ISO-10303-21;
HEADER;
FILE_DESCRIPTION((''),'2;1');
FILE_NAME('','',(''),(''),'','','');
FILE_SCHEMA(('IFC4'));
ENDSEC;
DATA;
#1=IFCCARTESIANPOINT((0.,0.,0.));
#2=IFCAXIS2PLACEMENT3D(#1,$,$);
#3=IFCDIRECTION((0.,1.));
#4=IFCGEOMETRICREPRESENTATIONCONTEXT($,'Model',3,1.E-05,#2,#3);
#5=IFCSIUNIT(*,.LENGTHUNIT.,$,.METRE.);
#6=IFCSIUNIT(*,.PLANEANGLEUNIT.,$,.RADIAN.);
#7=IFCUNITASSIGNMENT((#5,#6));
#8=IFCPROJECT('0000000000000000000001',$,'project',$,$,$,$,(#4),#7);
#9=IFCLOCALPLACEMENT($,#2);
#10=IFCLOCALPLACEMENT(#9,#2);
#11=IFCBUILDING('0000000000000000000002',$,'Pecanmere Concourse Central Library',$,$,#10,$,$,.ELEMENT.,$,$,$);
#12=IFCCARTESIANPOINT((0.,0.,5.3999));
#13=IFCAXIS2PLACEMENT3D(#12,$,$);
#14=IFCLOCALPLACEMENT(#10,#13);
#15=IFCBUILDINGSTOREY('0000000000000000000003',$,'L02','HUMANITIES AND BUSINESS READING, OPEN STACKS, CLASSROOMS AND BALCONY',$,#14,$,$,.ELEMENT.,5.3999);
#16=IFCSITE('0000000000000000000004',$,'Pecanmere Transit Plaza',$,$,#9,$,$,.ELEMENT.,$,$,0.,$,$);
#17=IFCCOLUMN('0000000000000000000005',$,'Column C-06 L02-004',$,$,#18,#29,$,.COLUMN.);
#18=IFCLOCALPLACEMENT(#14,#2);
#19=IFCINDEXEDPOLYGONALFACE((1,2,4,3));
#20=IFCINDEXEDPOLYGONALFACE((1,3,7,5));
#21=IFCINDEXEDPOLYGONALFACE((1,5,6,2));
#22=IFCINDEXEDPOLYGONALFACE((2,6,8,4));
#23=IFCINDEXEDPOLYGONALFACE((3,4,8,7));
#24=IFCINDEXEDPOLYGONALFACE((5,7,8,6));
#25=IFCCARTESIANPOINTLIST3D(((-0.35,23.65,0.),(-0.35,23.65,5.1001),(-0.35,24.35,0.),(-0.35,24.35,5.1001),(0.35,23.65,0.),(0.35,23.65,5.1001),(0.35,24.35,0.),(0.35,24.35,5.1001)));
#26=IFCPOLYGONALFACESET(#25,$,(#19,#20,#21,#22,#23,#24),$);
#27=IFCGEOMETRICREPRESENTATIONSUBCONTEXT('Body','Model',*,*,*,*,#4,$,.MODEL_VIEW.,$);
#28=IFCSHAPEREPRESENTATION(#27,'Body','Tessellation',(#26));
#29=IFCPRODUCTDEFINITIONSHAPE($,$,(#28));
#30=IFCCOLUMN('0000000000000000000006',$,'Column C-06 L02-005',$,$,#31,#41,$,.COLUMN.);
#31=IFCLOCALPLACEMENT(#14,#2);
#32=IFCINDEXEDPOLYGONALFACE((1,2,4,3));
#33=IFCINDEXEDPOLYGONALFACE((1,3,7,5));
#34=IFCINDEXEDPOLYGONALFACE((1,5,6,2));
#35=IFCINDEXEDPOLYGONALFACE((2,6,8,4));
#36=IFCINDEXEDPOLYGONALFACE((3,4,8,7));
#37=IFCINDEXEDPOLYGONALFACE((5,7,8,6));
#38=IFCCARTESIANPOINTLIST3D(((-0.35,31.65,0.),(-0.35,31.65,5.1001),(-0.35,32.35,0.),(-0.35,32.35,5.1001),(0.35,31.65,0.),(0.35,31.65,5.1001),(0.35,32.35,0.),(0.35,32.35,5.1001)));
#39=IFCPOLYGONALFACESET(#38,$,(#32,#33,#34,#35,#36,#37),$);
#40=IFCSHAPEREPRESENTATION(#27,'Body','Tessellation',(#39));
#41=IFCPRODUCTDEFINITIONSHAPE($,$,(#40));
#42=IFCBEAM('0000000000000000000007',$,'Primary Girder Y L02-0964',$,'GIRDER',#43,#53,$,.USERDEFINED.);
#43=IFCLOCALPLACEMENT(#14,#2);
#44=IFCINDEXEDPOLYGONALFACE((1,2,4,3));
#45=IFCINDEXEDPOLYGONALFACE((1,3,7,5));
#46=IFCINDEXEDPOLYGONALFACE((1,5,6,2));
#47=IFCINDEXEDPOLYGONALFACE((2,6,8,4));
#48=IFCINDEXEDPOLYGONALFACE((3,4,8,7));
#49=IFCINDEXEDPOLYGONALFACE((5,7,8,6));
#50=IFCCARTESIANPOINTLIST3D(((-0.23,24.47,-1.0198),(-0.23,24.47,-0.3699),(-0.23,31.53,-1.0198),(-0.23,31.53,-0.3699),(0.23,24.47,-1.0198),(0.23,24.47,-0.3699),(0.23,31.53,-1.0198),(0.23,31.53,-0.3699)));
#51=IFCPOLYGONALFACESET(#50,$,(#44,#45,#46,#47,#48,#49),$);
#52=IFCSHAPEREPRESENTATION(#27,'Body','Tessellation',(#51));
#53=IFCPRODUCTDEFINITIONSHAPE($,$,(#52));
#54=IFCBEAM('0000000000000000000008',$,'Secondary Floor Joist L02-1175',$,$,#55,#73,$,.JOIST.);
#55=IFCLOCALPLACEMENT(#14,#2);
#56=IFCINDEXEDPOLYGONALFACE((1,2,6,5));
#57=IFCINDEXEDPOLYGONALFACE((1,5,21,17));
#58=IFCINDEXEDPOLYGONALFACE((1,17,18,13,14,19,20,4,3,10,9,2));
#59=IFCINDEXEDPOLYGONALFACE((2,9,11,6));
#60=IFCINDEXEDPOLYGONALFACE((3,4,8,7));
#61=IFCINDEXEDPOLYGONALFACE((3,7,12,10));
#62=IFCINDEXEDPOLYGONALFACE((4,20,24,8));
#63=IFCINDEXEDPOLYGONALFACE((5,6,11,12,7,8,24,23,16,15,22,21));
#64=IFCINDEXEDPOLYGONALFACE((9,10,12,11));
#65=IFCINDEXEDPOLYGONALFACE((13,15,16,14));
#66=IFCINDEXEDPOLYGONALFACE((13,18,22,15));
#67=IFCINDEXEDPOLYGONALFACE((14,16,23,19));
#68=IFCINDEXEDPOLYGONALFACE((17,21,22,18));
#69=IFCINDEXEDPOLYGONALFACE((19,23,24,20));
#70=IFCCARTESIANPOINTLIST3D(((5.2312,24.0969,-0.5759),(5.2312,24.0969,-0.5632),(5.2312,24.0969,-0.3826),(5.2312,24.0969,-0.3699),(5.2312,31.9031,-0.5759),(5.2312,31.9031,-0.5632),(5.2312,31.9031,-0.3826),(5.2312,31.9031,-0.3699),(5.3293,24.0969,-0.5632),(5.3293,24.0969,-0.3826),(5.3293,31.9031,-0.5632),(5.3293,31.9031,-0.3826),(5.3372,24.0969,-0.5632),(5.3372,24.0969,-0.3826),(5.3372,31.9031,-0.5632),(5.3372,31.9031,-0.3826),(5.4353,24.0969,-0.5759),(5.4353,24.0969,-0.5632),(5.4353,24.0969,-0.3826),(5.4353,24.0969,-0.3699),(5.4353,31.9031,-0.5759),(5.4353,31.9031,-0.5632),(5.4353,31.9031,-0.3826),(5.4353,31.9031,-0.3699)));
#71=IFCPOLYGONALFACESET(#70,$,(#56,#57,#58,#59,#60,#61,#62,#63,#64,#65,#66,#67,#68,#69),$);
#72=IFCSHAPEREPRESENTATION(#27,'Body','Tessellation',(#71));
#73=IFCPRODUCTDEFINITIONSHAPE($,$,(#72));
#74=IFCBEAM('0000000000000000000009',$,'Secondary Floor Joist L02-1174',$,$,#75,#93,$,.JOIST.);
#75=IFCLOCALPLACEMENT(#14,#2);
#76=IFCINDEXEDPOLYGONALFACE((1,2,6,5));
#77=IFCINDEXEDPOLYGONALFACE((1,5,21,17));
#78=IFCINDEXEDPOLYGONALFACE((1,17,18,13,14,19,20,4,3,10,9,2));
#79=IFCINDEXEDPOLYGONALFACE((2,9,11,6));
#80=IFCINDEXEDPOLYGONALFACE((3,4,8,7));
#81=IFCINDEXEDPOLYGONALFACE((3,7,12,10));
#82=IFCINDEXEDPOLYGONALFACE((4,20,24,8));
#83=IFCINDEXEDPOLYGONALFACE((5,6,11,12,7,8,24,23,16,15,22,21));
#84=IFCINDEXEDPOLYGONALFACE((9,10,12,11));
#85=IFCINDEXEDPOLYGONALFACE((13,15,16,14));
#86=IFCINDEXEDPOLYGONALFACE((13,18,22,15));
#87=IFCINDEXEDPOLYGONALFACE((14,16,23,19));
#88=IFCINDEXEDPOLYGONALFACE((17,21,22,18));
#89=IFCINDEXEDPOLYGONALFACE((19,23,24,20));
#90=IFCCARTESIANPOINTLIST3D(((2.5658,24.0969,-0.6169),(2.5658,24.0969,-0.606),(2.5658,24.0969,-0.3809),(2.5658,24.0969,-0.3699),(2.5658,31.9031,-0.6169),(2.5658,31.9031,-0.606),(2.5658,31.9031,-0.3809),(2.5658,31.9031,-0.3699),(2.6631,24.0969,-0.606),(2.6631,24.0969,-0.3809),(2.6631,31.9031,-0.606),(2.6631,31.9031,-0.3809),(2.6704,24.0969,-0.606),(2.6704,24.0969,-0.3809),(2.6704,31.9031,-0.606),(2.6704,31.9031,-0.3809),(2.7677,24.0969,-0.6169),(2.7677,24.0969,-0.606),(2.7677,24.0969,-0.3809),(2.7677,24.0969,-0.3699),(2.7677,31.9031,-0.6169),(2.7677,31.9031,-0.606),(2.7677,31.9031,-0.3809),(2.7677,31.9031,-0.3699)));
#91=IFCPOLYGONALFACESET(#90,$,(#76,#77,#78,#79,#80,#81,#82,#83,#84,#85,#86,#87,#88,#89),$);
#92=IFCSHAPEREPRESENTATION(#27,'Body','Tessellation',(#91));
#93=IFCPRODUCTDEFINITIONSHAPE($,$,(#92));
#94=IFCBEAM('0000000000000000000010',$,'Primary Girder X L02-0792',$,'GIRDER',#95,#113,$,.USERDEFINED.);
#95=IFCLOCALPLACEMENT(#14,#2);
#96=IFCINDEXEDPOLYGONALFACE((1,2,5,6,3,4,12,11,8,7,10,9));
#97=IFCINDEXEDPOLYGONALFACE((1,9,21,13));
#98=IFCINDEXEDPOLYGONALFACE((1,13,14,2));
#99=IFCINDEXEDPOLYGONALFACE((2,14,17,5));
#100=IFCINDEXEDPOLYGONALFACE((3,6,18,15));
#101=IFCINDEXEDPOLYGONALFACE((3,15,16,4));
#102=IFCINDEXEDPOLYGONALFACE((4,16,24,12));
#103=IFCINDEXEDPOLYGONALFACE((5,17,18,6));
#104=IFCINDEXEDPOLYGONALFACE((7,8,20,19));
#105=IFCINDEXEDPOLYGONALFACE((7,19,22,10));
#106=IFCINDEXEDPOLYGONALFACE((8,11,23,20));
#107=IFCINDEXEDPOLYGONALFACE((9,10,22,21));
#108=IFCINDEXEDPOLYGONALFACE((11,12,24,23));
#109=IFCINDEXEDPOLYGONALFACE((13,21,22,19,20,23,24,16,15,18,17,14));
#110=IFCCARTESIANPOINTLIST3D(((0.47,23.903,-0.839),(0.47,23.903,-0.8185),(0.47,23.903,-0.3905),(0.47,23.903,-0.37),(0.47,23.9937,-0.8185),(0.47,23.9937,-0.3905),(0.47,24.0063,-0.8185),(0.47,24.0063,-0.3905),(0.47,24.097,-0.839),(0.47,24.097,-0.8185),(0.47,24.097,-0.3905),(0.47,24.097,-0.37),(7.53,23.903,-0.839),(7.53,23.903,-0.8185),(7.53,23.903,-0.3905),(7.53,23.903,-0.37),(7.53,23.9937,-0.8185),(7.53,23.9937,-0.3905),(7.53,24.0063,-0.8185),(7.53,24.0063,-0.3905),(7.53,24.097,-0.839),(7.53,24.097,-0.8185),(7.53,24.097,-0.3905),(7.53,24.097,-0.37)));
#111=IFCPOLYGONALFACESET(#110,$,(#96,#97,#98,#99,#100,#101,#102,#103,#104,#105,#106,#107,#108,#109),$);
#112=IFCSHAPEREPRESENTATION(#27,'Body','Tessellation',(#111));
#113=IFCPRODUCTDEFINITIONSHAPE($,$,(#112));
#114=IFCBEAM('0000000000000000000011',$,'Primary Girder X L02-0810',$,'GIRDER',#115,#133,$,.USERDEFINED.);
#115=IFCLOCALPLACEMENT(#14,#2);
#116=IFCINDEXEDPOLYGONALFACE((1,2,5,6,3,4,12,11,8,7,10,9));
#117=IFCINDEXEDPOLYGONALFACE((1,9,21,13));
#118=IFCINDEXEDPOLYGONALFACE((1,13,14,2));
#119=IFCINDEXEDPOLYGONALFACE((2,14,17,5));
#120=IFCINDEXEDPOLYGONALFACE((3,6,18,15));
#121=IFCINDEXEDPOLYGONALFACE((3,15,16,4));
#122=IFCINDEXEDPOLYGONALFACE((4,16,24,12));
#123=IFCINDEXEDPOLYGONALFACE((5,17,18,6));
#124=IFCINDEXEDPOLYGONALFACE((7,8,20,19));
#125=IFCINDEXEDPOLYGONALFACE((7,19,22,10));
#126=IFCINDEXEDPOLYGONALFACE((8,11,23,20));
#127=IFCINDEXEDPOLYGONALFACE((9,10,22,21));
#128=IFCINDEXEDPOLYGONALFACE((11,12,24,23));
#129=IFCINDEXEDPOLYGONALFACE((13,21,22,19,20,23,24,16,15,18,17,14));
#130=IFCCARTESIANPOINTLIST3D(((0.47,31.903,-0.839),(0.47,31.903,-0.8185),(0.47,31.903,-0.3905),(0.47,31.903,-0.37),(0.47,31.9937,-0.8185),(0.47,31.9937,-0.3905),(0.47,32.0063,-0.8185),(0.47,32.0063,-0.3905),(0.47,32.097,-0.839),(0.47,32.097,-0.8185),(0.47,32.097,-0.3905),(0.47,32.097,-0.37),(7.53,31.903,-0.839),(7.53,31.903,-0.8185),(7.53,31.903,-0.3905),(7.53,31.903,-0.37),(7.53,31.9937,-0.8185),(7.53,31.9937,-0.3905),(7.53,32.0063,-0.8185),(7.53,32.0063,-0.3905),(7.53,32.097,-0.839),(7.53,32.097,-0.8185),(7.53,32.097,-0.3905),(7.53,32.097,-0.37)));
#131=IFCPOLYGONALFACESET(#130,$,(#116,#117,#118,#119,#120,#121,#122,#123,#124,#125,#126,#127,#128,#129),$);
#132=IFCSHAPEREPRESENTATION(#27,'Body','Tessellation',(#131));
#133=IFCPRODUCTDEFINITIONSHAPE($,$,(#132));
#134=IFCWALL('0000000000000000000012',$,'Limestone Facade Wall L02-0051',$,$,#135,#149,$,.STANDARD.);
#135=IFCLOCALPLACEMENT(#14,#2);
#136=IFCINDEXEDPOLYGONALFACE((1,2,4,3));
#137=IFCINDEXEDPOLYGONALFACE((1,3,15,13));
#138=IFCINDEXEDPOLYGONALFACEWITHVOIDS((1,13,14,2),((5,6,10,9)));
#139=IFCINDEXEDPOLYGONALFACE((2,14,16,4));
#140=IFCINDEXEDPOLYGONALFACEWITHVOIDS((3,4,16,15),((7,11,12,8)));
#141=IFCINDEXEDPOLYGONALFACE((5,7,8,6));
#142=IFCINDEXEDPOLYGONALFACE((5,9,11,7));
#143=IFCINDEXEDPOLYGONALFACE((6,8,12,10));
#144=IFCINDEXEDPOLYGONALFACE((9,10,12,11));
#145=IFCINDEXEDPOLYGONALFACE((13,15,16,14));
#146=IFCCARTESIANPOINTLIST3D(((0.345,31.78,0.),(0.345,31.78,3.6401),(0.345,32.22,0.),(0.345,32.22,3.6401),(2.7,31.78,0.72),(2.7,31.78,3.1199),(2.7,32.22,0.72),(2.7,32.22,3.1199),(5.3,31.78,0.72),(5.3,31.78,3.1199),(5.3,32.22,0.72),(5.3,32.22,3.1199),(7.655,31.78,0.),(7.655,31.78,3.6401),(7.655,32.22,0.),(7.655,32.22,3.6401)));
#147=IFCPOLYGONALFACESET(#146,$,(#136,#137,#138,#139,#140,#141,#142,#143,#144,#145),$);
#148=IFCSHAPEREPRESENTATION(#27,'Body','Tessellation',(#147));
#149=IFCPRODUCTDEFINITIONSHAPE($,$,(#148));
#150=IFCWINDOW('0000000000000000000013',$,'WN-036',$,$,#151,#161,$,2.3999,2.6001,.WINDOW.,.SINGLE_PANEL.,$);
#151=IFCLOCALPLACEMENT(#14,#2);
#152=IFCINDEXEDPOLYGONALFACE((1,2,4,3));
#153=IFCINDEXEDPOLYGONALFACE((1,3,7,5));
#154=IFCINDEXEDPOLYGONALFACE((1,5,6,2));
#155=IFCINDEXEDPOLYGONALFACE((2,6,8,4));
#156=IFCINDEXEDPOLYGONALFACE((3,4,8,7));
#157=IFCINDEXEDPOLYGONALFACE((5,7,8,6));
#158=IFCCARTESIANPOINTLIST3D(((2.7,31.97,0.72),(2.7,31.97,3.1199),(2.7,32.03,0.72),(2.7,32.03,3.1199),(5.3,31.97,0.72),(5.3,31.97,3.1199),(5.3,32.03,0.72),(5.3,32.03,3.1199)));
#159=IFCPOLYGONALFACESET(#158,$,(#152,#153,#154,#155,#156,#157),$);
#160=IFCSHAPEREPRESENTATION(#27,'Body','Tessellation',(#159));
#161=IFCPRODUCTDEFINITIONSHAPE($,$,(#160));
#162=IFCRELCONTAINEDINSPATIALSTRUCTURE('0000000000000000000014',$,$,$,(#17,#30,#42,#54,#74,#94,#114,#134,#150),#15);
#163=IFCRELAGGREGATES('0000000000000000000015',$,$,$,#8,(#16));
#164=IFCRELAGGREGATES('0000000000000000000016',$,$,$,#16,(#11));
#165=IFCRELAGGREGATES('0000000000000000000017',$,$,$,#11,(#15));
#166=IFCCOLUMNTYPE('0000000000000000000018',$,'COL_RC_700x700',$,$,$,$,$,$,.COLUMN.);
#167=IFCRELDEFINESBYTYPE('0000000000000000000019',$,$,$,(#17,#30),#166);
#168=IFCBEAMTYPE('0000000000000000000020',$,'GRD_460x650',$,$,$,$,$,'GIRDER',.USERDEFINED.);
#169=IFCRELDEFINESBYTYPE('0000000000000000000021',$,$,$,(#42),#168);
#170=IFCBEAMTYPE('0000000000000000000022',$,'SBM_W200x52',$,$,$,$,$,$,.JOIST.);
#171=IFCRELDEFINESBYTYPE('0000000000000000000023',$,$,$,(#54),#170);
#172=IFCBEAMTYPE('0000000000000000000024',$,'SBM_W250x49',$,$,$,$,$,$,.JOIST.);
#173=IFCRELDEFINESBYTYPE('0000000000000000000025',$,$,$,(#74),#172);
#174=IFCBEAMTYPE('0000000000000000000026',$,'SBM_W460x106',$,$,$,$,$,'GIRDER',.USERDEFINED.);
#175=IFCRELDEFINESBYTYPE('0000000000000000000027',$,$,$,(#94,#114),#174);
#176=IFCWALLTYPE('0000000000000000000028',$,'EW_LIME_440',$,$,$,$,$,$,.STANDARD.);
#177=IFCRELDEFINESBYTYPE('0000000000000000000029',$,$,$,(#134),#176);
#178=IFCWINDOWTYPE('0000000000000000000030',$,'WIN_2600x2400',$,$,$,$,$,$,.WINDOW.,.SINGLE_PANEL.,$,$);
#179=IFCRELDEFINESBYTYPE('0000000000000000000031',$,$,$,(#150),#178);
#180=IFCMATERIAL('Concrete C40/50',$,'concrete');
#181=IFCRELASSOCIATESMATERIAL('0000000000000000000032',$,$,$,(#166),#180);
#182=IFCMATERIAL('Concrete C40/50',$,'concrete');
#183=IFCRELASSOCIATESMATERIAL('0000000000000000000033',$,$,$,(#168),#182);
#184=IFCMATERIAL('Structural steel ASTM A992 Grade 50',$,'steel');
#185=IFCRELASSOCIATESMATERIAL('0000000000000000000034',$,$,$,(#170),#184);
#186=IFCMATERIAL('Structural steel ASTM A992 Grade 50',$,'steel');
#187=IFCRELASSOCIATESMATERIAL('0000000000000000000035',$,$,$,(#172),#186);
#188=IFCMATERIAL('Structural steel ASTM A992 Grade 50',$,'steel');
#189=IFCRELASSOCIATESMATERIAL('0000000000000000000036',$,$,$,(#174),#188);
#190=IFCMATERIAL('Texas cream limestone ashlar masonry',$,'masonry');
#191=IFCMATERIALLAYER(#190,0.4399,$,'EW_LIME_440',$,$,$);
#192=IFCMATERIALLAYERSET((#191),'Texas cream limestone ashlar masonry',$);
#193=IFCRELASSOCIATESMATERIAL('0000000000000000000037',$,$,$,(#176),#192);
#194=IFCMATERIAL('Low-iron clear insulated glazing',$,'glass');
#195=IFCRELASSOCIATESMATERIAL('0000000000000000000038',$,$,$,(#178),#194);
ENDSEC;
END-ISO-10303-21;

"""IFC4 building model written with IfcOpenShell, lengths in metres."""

from ifc_helpers import new_model, si_unit, direction, frame, frame_2d, origin, origin_2d, place, context, subcontext, project, spatial, rectangle, i_section, extrude, material, layer, layer_set, material_profile, profile_set, type_object, element, fill, save


model = new_model("IFC4")

# Units and contexts
model_context = context("Model", 3, precision=1e-05, world=origin(), true_north=direction((0.0, 1.0)))
body_context = subcontext(model_context, "Body", "Model", "MODEL_VIEW")
ifc_project = project(units=[si_unit("LENGTHUNIT", "METRE"), si_unit("PLANEANGLEUNIT", "RADIAN")], contexts=[model_context])

# Site, building, storey
site_placement = place(None, origin())
site = spatial("IfcSite", under=ifc_project, at=site_placement, Name="Pecanmere Transit Plaza", CompositionType="ELEMENT", RefElevation=0.0)
building_placement = place(site_placement, origin())
building = spatial("IfcBuilding", under=site, at=building_placement, Name="Pecanmere Concourse Central Library", CompositionType="ELEMENT")
storey_placement = place(building_placement, frame((0.0, 0.0, 5.3999)))
storey = spatial("IfcBuildingStorey", under=building, at=storey_placement, Name="L02", Description="HUMANITIES AND BUSINESS READING, OPEN STACKS, CLASSROOMS AND BALCONY", CompositionType="ELEMENT", Elevation=5.3999)

# Columns
ifc_material_1 = material(Name="Concrete C40/50", Category="concrete")
ifc_material_profile_1 = material_profile(ifc_material_1, rectangle(XDim=0.7, YDim=0.7, at=origin_2d()), Name="RC 700x700")
ifc_profile_set_1 = profile_set([ifc_material_profile_1], Name="Concrete C40/50")
column_type = type_object("IfcColumnType", Name="COL_RC_700x700", PredefinedType="COLUMN", material=ifc_profile_set_1)
for number, where, z_axis, x_axis, name in (
    (1, (0.0, 24.0, 0.0), (0.0, 0.0, 1.0), (1.0, 0.0, 0.0), "Column C-06 L02-004"),
    (2, (0.0, 32.0, 0.0), (0.0, 0.0, 1.0), (1.0, 0.0, 0.0), "Column C-06 L02-005"),
):
    element("IfcColumn", number, at=place(storey_placement, frame(where, z_axis=z_axis, x_axis=x_axis)), inside=storey, type_object=column_type, Name=name, PredefinedType="COLUMN", context=body_context, shape_type="SweptSolid", body=[
        extrude(rectangle(XDim=0.7, YDim=0.7, at=origin_2d()), origin(), (0.0, 0.0, 1.0), 5.1001),
    ])

# Beams
ifc_material_2 = material(Name="Concrete C40/50", Category="concrete")
ifc_material_profile_2 = material_profile(ifc_material_2, rectangle(XDim=0.46, YDim=0.6499, at=origin_2d()), Name="RC 460x650")
ifc_profile_set_2 = profile_set([ifc_material_profile_2], Name="Concrete C40/50")
beam_type_1 = type_object("IfcBeamType", Name="GRD_460x650", ElementType="GIRDER", PredefinedType="USERDEFINED", material=ifc_profile_set_2)
beam_1_placement = place(storey_placement, frame((0.0, 24.47, -0.6948), z_axis=(0.0, 1.0, 0.0), x_axis=(-1.0, 0.0, 0.0)))
element("IfcBeam", 3, at=beam_1_placement, inside=storey, type_object=beam_type_1, Name="Primary Girder Y L02-0964", ObjectType="GIRDER", PredefinedType="USERDEFINED", context=body_context, shape_type="SweptSolid", body=[
    extrude(rectangle(XDim=0.46, YDim=0.6499, at=origin_2d()), origin(), (0.0, 0.0, 1.0), 7.0601),
])
ifc_material_3 = material(Name="Structural steel ASTM A992 Grade 50", Category="steel")
ifc_material_profile_3 = material_profile(ifc_material_3, i_section(OverallWidth=0.2041, OverallDepth=0.2061, WebThickness=0.0078, FlangeThickness=0.0127, at=origin_2d()), Name="W200x52")
ifc_profile_set_3 = profile_set([ifc_material_profile_3], Name="Structural steel ASTM A992 Grade 50")
beam_type_2 = type_object("IfcBeamType", Name="SBM_W200x52", PredefinedType="JOIST", material=ifc_profile_set_3)
beam_2_placement = place(storey_placement, frame((5.3333, 24.0969, -0.4729), z_axis=(0.0, 1.0, 0.0), x_axis=(-1.0, 0.0, 0.0)))
element("IfcBeam", 4, at=beam_2_placement, inside=storey, type_object=beam_type_2, Name="Secondary Floor Joist L02-1175", PredefinedType="JOIST", context=body_context, shape_type="SweptSolid", body=[
    extrude(i_section(OverallWidth=0.2041, OverallDepth=0.2061, WebThickness=0.0078, FlangeThickness=0.0127, at=origin_2d()), origin(), (0.0, 0.0, 1.0), 7.8062),
])
ifc_material_4 = material(Name="Structural steel ASTM A992 Grade 50", Category="steel")
ifc_material_profile_4 = material_profile(ifc_material_4, i_section(OverallWidth=0.2019, OverallDepth=0.2471, WebThickness=0.0073, FlangeThickness=0.011, at=origin_2d()), Name="W250x49.1")
ifc_profile_set_4 = profile_set([ifc_material_profile_4], Name="Structural steel ASTM A992 Grade 50")
beam_type_3 = type_object("IfcBeamType", Name="SBM_W250x49", PredefinedType="JOIST", material=ifc_profile_set_4)
beam_3_placement = place(storey_placement, frame((2.6667, 24.0969, -0.4934), z_axis=(0.0, 1.0, 0.0), x_axis=(-1.0, 0.0, 0.0)))
element("IfcBeam", 5, at=beam_3_placement, inside=storey, type_object=beam_type_3, Name="Secondary Floor Joist L02-1174", PredefinedType="JOIST", context=body_context, shape_type="SweptSolid", body=[
    extrude(i_section(OverallWidth=0.2019, OverallDepth=0.2471, WebThickness=0.0073, FlangeThickness=0.011, at=origin_2d()), origin(), (0.0, 0.0, 1.0), 7.8062),
])
ifc_material_5 = material(Name="Structural steel ASTM A992 Grade 50", Category="steel")
ifc_material_profile_5 = material_profile(ifc_material_5, i_section(OverallWidth=0.1941, OverallDepth=0.469, WebThickness=0.0127, FlangeThickness=0.0205, at=origin_2d()), Name="W460x106")
ifc_profile_set_5 = profile_set([ifc_material_profile_5], Name="Structural steel ASTM A992 Grade 50")
beam_type_4 = type_object("IfcBeamType", Name="SBM_W460x106", ElementType="GIRDER", PredefinedType="USERDEFINED", material=ifc_profile_set_5)
for number, where, z_axis, x_axis, name in (
    (6, (0.47, 24.0, -0.6045), (1.0, 0.0, 0.0), (0.0, 1.0, 0.0), "Primary Girder X L02-0792"),
    (7, (0.47, 32.0, -0.6045), (1.0, 0.0, 0.0), (0.0, 1.0, 0.0), "Primary Girder X L02-0810"),
):
    element("IfcBeam", number, at=place(storey_placement, frame(where, z_axis=z_axis, x_axis=x_axis)), inside=storey, type_object=beam_type_4, Name=name, ObjectType="GIRDER", PredefinedType="USERDEFINED", context=body_context, shape_type="SweptSolid", body=[
        extrude(i_section(OverallWidth=0.1941, OverallDepth=0.469, WebThickness=0.0127, FlangeThickness=0.0205, at=origin_2d()), origin(), (0.0, 0.0, 1.0), 7.0601),
    ])

# Wall, opening, window
ifc_material_6 = material(Name="Texas cream limestone ashlar masonry", Category="masonry")
ifc_layer = layer(ifc_material_6, 0.4399, Name="EW_LIME_440")
ifc_layer_set = layer_set([ifc_layer], Name="Texas cream limestone ashlar masonry")
wall_type = type_object("IfcWallType", Name="EW_LIME_440", PredefinedType="STANDARD", material=ifc_layer_set)
wall_1_placement = place(storey_placement, frame((7.655, 32.0, 0.0), z_axis=(0.0, 0.0, 1.0), x_axis=(-1.0, 0.0, 0.0)))
wall_1 = element("IfcWall", 8, at=wall_1_placement, inside=storey, type_object=wall_type, Name="Limestone Facade Wall L02-0051", PredefinedType="STANDARD", context=body_context, shape_type="SweptSolid", body=[
    extrude(rectangle(XDim=7.3101, YDim=0.4399, at=frame_2d((3.655, 0.0))), origin(), (0.0, 0.0, 1.0), 3.6401),
])
opening_1_placement = place(wall_1_placement, frame((2.355, 0.0, 0.72)))
opening_1 = element("IfcOpeningElement", 9, at=opening_1_placement, cuts=wall_1, PredefinedType="OPENING", context=body_context, shape_type="SweptSolid", body=[
    extrude(rectangle(XDim=2.6001, YDim=2.3999, at=frame_2d((1.3, 1.2))), frame((0.0, 0.2319, 0.0), z_axis=(0.0, -1.0, 0.0), x_axis=(1.0, 0.0, 0.0)), (0.0, 0.0, 1.0), 0.4639),
])
ifc_material_7 = material(Name="Low-iron clear insulated glazing", Category="glass")
window_type_1 = type_object("IfcWindowType", Name="WIN_2600x2400", PartitioningType="SINGLE_PANEL", PredefinedType="WINDOW", material=ifc_material_7)
window_1_placement = place(opening_1_placement, origin())
window_1 = element("IfcWindow", 10, at=window_1_placement, inside=storey, type_object=window_type_1, Name="WN-036", OverallHeight=2.3999, OverallWidth=2.6001, PartitioningType="SINGLE_PANEL", PredefinedType="WINDOW", context=body_context, shape_type="SweptSolid", body=[
    extrude(rectangle(XDim=2.6001, YDim=2.3999, at=frame_2d((1.3, 1.2))), frame((0.0, 0.03, 0.0), z_axis=(0.0, -1.0, 0.0), x_axis=(1.0, 0.0, 0.0)), (0.0, 0.0, 1.0), 0.0601),
])
fill(opening_1, window_1)

save(model, "model.ifc")
